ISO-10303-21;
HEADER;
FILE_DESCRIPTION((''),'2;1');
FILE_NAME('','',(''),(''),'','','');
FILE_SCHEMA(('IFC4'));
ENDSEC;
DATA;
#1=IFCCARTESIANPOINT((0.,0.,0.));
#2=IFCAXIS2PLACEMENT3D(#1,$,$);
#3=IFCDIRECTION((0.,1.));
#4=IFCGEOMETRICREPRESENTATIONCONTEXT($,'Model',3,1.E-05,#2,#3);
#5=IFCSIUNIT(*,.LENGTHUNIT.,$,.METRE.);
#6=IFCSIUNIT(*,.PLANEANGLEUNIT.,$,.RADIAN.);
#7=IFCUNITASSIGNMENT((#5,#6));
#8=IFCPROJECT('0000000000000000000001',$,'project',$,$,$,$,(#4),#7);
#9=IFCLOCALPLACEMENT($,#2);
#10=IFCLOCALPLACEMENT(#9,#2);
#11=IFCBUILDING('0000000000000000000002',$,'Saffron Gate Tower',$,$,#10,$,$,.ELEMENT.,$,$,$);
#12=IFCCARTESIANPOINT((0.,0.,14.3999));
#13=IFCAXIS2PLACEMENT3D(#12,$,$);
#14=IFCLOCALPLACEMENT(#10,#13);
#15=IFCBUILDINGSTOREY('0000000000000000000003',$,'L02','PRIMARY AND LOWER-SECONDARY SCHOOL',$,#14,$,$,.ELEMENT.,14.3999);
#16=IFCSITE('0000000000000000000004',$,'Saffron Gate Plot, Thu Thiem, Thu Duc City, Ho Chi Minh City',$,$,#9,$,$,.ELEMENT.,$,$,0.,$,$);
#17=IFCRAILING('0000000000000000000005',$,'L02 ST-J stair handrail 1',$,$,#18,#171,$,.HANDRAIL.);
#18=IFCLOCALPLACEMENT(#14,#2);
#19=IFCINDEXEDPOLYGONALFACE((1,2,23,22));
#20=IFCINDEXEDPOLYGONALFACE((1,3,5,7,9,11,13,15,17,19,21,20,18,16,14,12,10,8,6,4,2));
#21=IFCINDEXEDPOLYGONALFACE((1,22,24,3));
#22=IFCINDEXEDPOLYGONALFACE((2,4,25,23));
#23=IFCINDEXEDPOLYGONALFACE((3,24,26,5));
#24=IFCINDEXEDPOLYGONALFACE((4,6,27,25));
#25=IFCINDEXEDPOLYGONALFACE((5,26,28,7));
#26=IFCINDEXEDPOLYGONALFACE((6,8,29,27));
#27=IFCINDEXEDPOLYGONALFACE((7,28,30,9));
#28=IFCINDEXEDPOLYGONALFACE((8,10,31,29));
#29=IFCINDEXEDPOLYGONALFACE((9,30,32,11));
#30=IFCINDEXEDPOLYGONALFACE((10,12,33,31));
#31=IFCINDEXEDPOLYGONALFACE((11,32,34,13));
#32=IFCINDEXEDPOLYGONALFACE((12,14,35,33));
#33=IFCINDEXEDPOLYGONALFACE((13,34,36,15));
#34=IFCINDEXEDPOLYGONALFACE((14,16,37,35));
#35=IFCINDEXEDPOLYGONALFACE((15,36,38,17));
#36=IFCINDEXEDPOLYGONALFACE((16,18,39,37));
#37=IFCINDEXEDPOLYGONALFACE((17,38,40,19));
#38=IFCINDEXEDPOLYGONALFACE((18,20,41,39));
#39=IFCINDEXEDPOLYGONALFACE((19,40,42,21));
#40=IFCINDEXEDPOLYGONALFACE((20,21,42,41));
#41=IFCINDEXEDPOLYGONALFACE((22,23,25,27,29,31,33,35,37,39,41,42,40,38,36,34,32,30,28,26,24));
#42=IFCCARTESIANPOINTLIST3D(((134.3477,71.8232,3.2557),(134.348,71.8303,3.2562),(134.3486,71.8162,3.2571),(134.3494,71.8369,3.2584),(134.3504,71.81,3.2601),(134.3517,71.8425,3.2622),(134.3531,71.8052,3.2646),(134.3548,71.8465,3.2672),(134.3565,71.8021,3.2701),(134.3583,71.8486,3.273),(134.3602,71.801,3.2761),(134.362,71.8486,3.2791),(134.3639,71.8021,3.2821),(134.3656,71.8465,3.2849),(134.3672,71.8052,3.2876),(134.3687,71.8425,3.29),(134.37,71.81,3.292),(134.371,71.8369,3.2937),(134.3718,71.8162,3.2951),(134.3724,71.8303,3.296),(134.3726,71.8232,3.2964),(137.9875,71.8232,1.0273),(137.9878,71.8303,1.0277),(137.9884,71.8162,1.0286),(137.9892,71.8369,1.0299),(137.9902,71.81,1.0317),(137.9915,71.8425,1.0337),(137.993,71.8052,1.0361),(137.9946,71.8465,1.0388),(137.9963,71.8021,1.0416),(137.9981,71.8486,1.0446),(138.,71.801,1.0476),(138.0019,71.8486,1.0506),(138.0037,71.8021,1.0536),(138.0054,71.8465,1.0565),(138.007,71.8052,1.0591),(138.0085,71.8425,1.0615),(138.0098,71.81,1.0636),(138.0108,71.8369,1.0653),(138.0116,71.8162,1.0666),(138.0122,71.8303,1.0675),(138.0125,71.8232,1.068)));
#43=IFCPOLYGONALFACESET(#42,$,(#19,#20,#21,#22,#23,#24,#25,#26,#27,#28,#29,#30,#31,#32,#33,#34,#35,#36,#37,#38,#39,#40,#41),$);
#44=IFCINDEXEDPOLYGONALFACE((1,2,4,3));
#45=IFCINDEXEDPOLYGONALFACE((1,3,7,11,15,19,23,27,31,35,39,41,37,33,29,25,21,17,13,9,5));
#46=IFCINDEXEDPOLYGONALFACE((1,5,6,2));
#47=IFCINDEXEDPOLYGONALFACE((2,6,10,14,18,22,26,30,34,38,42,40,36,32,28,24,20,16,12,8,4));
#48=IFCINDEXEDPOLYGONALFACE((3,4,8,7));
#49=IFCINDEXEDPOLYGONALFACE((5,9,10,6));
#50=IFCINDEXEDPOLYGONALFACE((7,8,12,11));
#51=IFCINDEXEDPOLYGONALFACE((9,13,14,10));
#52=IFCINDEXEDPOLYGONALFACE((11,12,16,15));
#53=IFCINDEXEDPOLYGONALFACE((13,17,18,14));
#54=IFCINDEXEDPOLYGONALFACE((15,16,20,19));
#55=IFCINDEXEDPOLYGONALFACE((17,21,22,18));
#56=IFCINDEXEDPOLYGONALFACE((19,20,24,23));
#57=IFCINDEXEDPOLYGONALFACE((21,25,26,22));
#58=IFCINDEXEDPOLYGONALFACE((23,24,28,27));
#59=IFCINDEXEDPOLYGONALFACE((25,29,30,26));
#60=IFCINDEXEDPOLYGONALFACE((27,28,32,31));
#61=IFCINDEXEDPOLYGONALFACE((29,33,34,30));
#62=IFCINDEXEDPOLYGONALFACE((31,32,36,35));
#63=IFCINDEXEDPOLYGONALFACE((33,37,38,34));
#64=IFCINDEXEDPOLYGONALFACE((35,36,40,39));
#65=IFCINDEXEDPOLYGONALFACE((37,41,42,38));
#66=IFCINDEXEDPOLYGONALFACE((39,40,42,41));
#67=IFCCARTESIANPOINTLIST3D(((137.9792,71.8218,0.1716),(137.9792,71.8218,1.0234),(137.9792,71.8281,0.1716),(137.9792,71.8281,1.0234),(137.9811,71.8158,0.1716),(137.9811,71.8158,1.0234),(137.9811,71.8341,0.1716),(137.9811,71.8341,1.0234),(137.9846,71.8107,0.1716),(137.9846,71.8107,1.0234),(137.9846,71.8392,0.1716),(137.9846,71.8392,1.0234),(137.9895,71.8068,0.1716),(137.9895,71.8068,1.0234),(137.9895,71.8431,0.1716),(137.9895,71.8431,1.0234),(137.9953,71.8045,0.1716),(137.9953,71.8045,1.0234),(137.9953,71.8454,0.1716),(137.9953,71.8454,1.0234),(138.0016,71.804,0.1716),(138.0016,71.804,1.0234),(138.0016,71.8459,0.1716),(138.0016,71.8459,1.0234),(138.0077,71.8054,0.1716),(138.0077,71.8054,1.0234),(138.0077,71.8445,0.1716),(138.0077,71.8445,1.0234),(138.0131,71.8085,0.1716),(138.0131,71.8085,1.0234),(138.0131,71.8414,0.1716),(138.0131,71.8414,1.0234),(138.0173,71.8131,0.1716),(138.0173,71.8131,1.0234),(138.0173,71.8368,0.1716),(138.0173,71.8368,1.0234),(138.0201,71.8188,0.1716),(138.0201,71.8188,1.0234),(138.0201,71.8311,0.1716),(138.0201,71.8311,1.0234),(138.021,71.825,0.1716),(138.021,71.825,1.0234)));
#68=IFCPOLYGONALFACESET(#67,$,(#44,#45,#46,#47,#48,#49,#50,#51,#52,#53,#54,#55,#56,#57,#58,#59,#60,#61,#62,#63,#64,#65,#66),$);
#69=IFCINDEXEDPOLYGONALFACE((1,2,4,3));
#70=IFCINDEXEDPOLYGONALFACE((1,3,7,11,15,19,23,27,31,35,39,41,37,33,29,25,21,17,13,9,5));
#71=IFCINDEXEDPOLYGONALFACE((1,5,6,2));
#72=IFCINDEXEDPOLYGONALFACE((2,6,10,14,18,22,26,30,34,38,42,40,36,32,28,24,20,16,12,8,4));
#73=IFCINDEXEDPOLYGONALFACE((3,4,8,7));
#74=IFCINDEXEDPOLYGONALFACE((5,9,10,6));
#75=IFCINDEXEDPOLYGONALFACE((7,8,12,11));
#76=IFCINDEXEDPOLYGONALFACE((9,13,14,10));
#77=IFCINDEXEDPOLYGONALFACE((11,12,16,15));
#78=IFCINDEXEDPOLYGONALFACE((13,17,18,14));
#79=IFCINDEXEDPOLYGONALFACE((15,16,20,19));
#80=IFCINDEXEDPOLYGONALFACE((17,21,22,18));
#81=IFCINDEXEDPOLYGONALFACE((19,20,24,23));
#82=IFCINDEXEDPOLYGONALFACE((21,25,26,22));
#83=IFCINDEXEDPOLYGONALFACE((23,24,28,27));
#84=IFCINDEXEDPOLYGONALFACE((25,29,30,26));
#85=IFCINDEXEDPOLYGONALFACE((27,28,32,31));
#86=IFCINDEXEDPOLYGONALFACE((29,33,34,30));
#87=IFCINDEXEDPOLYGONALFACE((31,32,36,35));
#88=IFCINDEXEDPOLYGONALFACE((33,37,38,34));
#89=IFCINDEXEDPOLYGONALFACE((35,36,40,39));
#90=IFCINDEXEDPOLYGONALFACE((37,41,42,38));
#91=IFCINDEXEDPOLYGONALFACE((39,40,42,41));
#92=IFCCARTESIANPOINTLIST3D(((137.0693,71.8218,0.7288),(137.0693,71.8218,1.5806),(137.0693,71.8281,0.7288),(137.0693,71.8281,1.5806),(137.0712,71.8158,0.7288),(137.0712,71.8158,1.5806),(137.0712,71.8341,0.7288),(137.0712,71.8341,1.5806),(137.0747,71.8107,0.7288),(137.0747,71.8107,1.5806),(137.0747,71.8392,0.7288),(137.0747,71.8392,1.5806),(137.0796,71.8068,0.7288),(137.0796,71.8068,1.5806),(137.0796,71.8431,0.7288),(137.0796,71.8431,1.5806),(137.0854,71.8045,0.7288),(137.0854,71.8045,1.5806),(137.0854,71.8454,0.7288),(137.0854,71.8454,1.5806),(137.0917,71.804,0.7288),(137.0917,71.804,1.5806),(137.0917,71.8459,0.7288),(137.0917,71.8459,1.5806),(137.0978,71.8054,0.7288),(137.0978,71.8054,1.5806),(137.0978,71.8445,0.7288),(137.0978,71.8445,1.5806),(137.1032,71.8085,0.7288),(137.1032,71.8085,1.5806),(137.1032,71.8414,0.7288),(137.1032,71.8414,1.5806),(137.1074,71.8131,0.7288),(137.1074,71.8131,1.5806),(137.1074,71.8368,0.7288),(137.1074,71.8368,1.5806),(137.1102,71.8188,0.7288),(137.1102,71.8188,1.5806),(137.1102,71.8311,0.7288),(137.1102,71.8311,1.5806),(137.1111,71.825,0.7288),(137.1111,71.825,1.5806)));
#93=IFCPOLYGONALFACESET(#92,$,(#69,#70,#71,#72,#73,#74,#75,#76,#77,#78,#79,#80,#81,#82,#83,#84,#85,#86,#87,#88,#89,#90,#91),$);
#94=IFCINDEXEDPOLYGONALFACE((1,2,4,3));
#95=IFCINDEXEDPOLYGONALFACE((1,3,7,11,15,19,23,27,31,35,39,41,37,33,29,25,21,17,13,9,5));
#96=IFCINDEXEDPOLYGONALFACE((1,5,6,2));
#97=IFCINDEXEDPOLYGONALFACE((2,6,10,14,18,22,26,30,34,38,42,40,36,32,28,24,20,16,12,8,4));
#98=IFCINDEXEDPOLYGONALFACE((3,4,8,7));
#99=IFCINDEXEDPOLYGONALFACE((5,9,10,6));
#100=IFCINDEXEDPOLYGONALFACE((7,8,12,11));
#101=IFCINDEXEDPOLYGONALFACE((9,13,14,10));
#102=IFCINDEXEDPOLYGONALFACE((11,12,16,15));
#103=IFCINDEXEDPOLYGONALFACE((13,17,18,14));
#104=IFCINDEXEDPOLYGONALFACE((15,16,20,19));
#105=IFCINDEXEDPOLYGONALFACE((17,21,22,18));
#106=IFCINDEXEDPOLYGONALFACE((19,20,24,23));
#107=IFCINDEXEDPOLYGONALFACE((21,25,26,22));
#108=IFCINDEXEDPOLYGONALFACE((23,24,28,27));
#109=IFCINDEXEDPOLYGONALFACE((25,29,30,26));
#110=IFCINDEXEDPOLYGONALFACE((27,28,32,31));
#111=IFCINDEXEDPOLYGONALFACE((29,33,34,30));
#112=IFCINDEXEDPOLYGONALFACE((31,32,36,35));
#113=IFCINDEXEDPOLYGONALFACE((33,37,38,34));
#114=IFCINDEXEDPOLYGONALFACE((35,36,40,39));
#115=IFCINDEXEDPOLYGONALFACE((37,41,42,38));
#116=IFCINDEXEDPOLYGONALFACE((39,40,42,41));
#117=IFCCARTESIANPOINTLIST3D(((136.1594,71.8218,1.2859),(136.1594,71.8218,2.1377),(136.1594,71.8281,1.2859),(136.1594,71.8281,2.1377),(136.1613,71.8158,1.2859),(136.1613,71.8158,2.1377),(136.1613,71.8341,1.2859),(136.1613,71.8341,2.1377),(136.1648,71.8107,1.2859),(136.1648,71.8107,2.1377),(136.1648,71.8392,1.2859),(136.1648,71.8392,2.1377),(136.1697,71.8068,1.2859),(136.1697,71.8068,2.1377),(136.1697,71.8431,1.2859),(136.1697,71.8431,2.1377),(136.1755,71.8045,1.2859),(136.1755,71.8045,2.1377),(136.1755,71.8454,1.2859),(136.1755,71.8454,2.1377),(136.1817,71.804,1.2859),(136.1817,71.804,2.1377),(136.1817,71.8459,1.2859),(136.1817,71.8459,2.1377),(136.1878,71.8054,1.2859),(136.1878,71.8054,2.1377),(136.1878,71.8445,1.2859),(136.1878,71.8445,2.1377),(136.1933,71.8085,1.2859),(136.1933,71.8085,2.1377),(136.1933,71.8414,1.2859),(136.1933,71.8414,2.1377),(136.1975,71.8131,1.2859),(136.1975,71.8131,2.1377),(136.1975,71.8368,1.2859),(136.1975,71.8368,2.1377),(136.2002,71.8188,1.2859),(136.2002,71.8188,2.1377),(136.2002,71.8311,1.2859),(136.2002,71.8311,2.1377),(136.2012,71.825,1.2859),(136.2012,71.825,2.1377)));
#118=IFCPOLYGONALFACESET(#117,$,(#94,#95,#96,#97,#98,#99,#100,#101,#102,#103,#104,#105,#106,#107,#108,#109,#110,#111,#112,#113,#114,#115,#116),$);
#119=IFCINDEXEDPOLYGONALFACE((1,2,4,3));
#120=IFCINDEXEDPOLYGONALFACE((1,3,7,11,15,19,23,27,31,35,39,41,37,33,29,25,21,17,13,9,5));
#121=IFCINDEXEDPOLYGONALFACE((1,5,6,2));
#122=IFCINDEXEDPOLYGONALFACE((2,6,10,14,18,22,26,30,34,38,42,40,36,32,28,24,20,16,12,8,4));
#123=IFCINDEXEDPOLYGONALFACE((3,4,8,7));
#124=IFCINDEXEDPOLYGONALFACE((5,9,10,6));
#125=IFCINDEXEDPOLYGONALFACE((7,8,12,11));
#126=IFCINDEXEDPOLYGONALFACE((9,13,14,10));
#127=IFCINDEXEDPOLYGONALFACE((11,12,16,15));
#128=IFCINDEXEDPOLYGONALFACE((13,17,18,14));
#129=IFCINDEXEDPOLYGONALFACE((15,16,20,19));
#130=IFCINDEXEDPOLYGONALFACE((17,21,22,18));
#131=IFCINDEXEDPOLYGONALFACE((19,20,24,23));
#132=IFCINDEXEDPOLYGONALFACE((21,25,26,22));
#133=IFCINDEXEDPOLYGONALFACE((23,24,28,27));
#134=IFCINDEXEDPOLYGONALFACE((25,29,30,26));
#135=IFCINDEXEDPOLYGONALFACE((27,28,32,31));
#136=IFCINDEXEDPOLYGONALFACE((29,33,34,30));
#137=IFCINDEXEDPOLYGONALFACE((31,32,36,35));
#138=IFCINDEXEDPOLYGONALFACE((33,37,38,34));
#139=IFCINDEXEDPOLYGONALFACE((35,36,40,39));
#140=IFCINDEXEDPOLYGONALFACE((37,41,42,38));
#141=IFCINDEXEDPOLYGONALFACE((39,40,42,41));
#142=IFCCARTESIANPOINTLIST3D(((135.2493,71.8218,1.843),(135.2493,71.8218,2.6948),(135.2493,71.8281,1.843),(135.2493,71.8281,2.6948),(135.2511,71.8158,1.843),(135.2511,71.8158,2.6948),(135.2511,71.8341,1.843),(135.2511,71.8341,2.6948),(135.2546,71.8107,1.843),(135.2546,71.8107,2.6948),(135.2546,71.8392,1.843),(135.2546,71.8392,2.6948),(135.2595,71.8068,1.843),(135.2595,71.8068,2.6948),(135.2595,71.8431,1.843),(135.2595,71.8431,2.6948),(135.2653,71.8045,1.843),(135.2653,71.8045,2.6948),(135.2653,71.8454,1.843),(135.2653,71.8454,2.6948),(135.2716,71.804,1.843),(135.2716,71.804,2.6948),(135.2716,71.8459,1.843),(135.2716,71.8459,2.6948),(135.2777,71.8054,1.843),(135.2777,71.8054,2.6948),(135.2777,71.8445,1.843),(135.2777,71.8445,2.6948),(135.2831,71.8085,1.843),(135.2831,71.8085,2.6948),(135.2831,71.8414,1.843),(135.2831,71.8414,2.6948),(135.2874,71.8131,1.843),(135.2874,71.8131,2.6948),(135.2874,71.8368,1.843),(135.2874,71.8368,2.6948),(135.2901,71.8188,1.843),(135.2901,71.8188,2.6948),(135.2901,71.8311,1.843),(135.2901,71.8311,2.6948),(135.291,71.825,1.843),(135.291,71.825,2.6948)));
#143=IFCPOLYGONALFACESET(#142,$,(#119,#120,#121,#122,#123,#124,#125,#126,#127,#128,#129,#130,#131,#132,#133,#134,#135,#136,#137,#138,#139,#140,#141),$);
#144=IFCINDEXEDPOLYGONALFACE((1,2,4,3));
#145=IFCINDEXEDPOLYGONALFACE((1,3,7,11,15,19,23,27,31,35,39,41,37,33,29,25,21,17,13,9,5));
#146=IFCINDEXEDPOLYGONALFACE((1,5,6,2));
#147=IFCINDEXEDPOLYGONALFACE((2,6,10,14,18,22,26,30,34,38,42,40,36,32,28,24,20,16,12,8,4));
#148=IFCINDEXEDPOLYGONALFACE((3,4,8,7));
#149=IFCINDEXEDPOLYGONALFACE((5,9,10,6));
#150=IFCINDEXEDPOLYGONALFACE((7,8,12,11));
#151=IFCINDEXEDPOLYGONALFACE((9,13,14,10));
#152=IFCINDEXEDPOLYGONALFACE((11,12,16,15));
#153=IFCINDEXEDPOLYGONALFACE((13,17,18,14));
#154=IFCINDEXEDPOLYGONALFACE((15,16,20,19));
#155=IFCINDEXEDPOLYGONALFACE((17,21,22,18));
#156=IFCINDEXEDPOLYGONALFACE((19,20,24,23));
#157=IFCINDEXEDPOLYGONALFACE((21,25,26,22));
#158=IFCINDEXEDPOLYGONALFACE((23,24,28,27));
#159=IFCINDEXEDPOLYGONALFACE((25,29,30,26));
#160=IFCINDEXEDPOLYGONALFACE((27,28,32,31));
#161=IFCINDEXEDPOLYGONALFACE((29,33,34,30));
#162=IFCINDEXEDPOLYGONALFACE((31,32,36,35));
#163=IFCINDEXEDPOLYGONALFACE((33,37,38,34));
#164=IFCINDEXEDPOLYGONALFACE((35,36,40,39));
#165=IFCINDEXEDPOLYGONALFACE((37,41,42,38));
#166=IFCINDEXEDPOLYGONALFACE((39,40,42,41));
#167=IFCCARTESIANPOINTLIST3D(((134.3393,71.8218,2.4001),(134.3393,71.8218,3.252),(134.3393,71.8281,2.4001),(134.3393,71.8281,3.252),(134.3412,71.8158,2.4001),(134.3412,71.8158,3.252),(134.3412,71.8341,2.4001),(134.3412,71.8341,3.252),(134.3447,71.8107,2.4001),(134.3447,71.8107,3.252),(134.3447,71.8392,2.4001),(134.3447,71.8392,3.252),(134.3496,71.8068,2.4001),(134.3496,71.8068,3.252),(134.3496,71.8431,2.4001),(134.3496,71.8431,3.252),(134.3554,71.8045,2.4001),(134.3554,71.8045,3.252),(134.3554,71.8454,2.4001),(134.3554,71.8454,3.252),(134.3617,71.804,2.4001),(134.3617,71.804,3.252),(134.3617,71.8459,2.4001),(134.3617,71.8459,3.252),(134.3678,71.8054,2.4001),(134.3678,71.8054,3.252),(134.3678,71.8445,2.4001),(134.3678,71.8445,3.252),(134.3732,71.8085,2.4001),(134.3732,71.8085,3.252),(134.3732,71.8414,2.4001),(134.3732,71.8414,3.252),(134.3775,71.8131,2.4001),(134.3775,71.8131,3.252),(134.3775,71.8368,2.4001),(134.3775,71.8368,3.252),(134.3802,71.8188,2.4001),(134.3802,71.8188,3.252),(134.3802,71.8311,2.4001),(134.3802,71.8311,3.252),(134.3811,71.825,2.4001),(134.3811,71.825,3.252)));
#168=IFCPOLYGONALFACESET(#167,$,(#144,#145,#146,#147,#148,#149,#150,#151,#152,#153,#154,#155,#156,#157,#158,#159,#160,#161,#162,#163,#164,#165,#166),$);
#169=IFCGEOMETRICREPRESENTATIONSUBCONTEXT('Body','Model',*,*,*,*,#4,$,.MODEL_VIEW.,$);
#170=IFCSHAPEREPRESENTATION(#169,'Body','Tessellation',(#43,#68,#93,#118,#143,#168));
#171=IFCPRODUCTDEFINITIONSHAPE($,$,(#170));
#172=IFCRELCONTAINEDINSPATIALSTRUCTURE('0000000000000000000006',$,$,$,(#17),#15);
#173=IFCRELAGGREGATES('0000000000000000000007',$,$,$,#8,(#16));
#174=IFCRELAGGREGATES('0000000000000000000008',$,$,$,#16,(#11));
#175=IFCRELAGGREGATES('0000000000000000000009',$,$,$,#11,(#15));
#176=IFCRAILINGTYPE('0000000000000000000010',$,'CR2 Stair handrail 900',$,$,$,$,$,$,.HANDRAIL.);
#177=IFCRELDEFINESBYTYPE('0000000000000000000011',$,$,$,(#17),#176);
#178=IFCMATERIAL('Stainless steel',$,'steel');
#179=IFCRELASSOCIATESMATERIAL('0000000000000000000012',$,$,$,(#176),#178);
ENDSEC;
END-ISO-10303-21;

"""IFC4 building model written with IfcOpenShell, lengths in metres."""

from ifc_helpers import new_model, si_unit, direction, frame, origin, origin_2d, place, context, subcontext, project, spatial, circle, extrude, material, type_object, element, save


model = new_model("IFC4")

# Units and contexts
model_context = context("Model", 3, precision=1e-05, world=origin(), true_north=direction((0.0, 1.0)))
body_context = subcontext(model_context, "Body", "Model", "MODEL_VIEW")
ifc_project = project(units=[si_unit("LENGTHUNIT", "METRE"), si_unit("PLANEANGLEUNIT", "RADIAN")], contexts=[model_context])

# Site, building, storey
site_placement = place(None, origin())
site = spatial("IfcSite", under=ifc_project, at=site_placement, Name="Saffron Gate Plot, Thu Thiem, Thu Duc City, Ho Chi Minh City", CompositionType="ELEMENT", RefElevation=0.0)
building_placement = place(site_placement, origin())
building = spatial("IfcBuilding", under=site, at=building_placement, Name="Saffron Gate Tower", CompositionType="ELEMENT")
storey_placement = place(building_placement, frame((0.0, 0.0, 14.3999)))
storey = spatial("IfcBuildingStorey", under=building, at=storey_placement, Name="L02", Description="PRIMARY AND LOWER-SECONDARY SCHOOL", CompositionType="ELEMENT", Elevation=14.3999)

# Railing
ifc_material_1 = material(Name="Stainless steel", Category="steel")
railing_type_1 = type_object("IfcRailingType", Name="CR2 Stair handrail 900", PredefinedType="HANDRAIL", material=ifc_material_1)
railing_1_placement = place(storey_placement, frame((138.0, 71.825, 0.1716)))
element("IfcRailing", 1, at=railing_1_placement, inside=storey, type_object=railing_type_1, Name="L02 ST-J stair handrail 1", PredefinedType="HANDRAIL", context=body_context, shape_type="SweptSolid", body=[
    extrude(circle(Radius=0.0239, at=origin_2d()), frame((0.0, 0.0, 0.876), z_axis=(-0.85285, 0.0, 0.522156), x_axis=(0.0, -1.0, 0.0)), (0.0, 0.0, 1.0), 4.2678),
    extrude(circle(Radius=0.021, at=origin_2d()), origin(), (0.0, 0.0, 1.0), 0.8518),
    extrude(circle(Radius=0.021, at=origin_2d()), frame((-0.9099, 0.0, 0.5571)), (0.0, 0.0, 1.0), 0.8518),
    extrude(circle(Radius=0.021, at=origin_2d()), frame((-1.8198, 0.0, 1.1143)), (0.0, 0.0, 1.0), 0.8518),
    extrude(circle(Radius=0.021, at=origin_2d()), frame((-2.73, 0.0, 1.6714)), (0.0, 0.0, 1.0), 0.8518),
    extrude(circle(Radius=0.021, at=origin_2d()), frame((-3.6399, 0.0, 2.2285)), (0.0, 0.0, 1.0), 0.8518),
])

save(model, "model.ifc")
